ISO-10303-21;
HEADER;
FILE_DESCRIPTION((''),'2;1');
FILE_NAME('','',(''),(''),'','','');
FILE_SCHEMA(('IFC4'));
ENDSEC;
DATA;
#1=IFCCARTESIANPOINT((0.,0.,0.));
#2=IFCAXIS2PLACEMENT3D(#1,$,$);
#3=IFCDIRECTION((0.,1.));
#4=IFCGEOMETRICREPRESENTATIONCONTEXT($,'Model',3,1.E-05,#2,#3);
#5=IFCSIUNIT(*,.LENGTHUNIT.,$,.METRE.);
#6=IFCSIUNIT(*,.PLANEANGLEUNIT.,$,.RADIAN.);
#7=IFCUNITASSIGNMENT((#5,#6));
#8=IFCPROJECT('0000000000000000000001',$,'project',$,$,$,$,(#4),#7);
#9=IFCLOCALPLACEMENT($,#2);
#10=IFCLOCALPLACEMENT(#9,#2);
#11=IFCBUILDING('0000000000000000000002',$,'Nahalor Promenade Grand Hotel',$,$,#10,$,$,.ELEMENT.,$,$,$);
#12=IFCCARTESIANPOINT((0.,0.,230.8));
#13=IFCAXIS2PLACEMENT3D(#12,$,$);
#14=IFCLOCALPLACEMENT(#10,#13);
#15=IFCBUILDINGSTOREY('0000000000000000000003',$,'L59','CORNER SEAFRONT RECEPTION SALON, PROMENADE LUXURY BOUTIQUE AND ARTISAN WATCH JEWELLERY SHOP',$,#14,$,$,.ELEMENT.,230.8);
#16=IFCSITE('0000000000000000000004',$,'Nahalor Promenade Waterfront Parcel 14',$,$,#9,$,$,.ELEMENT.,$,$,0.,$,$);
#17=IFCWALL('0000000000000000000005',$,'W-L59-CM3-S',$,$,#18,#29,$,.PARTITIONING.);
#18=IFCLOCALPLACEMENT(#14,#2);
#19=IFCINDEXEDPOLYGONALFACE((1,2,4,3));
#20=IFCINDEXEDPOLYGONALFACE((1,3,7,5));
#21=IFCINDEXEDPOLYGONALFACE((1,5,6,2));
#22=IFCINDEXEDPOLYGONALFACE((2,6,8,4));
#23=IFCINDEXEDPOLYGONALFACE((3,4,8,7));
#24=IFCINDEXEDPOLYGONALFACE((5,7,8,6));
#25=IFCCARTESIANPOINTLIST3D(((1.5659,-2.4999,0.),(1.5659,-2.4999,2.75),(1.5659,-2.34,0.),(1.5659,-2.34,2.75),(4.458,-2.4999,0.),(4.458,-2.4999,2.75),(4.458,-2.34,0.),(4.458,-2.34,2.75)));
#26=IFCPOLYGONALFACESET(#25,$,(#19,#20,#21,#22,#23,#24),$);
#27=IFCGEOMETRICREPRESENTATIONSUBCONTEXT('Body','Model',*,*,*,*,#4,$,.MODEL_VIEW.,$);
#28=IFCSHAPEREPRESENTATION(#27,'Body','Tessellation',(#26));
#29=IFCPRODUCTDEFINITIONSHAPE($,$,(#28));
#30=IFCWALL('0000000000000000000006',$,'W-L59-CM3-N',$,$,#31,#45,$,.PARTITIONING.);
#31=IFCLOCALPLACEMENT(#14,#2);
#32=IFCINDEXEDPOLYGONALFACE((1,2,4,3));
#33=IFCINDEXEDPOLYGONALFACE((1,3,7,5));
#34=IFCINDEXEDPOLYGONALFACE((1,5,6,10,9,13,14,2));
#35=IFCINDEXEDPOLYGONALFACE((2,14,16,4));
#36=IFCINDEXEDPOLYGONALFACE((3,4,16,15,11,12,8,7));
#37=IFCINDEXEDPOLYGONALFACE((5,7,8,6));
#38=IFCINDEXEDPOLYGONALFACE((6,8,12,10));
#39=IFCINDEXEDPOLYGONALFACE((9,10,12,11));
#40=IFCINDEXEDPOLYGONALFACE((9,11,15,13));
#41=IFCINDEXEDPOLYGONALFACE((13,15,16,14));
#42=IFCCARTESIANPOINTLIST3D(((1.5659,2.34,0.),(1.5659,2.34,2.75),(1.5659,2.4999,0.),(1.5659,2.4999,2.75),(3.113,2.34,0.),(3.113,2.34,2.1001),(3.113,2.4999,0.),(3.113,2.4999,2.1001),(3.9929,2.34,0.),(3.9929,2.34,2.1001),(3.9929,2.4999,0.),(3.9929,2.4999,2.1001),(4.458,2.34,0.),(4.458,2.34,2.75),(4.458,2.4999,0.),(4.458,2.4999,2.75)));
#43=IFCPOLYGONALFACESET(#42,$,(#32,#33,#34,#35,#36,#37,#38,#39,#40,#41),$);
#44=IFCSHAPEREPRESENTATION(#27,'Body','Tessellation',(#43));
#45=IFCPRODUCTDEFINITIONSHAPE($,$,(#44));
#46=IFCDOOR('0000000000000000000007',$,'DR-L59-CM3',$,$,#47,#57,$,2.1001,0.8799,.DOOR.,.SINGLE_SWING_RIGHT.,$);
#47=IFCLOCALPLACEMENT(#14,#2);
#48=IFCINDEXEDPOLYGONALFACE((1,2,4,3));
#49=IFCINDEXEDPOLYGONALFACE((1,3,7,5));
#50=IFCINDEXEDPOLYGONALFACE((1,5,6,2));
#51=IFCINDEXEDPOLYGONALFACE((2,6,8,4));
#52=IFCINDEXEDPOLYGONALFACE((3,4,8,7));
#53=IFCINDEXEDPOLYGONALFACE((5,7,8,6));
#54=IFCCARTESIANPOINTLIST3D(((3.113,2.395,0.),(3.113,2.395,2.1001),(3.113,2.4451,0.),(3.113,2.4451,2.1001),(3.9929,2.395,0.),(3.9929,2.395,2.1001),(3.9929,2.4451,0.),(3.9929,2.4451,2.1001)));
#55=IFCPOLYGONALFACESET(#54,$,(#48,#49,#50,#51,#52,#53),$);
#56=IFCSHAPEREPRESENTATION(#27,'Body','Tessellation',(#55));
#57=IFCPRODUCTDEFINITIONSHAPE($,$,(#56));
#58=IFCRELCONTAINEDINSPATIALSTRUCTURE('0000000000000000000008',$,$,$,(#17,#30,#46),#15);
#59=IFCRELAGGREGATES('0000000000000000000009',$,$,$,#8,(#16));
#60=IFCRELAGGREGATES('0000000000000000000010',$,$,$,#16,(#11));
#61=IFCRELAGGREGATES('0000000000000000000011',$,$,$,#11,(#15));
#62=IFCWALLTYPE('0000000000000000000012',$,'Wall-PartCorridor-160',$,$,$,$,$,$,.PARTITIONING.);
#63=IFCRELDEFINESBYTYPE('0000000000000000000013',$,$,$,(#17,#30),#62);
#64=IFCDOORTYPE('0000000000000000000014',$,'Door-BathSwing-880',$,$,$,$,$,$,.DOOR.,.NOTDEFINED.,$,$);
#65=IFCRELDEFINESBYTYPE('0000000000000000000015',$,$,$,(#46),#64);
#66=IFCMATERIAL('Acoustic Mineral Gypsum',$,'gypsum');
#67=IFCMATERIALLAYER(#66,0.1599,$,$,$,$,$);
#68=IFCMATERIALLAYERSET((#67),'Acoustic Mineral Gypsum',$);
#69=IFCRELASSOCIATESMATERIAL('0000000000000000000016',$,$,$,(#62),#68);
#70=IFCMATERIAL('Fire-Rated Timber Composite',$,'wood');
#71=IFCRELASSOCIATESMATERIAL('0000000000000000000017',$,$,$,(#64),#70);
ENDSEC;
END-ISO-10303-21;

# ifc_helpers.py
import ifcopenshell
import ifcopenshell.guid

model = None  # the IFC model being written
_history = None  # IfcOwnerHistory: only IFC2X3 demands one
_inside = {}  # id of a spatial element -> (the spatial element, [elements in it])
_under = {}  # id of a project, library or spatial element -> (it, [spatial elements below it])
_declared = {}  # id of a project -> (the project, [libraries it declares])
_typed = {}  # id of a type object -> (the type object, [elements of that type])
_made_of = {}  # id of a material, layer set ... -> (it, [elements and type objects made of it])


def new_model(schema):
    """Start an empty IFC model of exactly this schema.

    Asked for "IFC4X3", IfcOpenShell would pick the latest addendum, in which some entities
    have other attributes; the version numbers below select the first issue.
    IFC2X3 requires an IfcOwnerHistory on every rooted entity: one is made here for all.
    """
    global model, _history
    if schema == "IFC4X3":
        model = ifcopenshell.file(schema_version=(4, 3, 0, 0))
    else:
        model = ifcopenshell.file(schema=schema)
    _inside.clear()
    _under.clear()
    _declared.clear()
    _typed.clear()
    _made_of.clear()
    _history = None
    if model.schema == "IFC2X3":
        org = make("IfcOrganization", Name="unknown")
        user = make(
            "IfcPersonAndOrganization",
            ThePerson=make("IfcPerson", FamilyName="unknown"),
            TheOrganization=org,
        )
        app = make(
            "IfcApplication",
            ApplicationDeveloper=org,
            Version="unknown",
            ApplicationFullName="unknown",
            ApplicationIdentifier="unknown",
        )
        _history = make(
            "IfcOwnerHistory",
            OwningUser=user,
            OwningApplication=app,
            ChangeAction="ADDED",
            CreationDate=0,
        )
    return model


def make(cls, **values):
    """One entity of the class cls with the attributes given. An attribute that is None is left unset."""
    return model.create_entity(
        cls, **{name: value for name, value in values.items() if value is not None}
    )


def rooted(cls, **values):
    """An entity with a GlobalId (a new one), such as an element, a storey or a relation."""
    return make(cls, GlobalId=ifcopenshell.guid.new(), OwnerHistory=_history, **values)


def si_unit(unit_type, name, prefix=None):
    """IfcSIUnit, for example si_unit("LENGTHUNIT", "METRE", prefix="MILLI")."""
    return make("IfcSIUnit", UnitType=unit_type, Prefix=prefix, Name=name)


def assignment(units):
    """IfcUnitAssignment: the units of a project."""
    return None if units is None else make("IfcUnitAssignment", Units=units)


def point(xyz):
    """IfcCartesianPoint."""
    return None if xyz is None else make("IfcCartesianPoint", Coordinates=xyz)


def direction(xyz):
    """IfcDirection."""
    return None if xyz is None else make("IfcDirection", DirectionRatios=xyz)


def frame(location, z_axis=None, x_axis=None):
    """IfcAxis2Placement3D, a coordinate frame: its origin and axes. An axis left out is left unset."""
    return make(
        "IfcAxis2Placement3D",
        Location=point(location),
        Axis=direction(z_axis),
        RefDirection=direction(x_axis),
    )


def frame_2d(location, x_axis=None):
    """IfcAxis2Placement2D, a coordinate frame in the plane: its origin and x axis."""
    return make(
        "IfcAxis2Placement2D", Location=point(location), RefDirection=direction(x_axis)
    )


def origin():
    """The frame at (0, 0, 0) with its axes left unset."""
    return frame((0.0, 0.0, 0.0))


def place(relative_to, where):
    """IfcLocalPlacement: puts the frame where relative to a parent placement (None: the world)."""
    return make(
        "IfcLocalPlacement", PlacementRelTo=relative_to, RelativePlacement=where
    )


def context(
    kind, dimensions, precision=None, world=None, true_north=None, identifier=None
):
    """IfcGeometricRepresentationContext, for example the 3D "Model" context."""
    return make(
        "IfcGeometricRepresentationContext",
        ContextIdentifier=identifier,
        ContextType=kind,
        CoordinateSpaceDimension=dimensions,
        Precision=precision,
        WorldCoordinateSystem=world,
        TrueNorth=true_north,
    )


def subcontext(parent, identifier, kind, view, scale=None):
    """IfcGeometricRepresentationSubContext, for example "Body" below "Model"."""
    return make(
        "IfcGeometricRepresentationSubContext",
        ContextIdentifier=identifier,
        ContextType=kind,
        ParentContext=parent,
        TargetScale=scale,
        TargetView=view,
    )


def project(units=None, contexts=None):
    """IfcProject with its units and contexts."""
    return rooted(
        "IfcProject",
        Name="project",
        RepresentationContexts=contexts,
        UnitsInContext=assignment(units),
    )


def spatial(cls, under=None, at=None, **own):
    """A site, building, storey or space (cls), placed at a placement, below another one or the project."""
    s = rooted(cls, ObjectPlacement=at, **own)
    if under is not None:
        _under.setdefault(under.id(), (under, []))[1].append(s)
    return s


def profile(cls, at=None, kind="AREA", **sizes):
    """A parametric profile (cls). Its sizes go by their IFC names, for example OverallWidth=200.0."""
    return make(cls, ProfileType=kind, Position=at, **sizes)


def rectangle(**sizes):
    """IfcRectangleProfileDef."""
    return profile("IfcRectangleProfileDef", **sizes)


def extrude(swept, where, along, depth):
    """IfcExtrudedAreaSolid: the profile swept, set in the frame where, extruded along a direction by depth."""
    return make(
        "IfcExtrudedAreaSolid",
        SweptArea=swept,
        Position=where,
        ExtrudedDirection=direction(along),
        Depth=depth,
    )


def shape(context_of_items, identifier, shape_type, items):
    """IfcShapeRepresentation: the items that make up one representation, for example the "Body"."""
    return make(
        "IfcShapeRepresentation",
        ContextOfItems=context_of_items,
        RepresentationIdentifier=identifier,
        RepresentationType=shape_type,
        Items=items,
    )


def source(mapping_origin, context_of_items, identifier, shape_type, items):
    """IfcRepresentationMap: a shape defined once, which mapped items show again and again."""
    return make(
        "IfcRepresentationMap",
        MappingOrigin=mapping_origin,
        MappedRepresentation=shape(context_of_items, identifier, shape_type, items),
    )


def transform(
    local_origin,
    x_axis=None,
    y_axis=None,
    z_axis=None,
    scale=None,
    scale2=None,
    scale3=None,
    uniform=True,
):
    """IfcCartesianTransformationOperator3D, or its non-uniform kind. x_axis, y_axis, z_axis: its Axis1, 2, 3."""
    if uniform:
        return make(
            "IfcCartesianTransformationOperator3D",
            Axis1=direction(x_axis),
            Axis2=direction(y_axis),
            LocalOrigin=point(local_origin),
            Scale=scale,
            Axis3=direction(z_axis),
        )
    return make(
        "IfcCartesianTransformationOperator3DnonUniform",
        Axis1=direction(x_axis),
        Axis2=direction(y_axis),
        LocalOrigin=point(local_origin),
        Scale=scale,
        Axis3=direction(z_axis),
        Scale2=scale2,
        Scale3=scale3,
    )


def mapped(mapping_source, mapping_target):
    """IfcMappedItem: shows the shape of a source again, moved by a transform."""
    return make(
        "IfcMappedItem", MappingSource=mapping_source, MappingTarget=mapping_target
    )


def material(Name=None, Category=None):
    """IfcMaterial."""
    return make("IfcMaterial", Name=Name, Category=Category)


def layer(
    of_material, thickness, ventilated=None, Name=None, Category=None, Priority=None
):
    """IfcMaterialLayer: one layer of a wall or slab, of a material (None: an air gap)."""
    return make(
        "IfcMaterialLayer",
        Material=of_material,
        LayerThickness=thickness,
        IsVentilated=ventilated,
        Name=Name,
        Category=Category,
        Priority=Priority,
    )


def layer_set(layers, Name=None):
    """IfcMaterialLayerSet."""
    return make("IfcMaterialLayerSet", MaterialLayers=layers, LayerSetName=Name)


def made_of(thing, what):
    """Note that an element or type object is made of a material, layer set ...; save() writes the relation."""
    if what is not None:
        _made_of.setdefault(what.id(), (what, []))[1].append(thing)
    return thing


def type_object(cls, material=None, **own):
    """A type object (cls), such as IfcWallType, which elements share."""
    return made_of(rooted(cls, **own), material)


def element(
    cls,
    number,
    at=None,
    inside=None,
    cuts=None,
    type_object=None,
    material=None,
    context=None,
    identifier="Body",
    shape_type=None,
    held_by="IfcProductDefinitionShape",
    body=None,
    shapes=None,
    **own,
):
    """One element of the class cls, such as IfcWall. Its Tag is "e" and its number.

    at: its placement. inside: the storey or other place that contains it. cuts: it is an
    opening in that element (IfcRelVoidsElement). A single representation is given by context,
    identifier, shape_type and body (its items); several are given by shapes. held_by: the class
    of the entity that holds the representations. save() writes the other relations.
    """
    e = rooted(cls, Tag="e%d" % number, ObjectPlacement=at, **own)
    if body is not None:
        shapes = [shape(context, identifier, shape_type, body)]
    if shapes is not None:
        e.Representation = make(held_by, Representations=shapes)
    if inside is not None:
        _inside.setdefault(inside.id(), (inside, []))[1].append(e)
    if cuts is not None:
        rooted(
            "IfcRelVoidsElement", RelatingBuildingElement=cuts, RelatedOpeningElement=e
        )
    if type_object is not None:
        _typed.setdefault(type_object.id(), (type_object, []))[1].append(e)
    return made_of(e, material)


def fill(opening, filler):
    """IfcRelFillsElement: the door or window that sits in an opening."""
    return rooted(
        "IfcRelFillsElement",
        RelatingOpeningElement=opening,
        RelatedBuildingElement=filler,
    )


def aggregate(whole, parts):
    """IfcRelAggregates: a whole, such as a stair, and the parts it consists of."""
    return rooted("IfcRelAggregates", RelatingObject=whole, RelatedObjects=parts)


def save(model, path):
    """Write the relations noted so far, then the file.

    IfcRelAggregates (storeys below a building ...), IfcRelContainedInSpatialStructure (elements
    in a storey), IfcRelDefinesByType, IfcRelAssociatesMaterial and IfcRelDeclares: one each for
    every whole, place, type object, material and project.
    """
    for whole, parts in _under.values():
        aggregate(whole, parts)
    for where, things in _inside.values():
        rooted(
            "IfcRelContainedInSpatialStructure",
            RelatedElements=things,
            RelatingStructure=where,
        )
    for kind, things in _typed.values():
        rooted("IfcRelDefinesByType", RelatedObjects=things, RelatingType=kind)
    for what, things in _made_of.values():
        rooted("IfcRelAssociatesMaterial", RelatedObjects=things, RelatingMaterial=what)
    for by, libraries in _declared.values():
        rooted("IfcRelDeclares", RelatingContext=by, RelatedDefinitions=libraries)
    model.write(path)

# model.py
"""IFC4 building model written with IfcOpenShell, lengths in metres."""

from ifc_helpers import new_model, si_unit, direction, frame, frame_2d, origin, place, context, subcontext, project, spatial, rectangle, extrude, source, transform, mapped, material, layer, layer_set, type_object, element, fill, save


model = new_model("IFC4")

# Units and contexts
model_context = context("Model", 3, precision=1e-05, world=origin(), true_north=direction((0.0, 1.0)))
body_context = subcontext(model_context, "Body", "Model", "MODEL_VIEW")
ifc_project = project(units=[si_unit("LENGTHUNIT", "METRE"), si_unit("PLANEANGLEUNIT", "RADIAN")], contexts=[model_context])

# Site, building, storey
site_placement = place(None, origin())
site = spatial("IfcSite", under=ifc_project, at=site_placement, Name="Nahalor Promenade Waterfront Parcel 14", CompositionType="ELEMENT", RefElevation=0.0)
building_placement = place(site_placement, origin())
building = spatial("IfcBuilding", under=site, at=building_placement, Name="Nahalor Promenade Grand Hotel", CompositionType="ELEMENT")
storey_placement = place(building_placement, frame((0.0, 0.0, 230.8)))
storey = spatial("IfcBuildingStorey", under=building, at=storey_placement, Name="L59", Description="CORNER SEAFRONT RECEPTION SALON, PROMENADE LUXURY BOUTIQUE AND ARTISAN WATCH JEWELLERY SHOP", CompositionType="ELEMENT", Elevation=230.8)

# Shared definitions
ifc_material_1 = material(Name="Acoustic Mineral Gypsum", Category="gypsum")
ifc_layer_1 = layer(ifc_material_1, 0.1599)
ifc_layer_set_1 = layer_set([ifc_layer_1], Name="Acoustic Mineral Gypsum")
wall_type_1 = type_object("IfcWallType", Name="Wall-PartCorridor-160", PredefinedType="PARTITIONING", material=ifc_layer_set_1)
ifc_material_2 = material(Name="Fire-Rated Timber Composite", Category="wood")

# Shared definitions
door_type_1 = type_object("IfcDoorType", Name="Door-BathSwing-880", OperationType="NOTDEFINED", PredefinedType="DOOR", material=ifc_material_2)
shared_shape_1 = source(origin(), body_context, "Body", "SweptSolid", [
    extrude(rectangle(XDim=0.8799, YDim=2.1001, at=frame_2d((0.4399, 1.05))), frame((0.0, 0.0249, 0.0), z_axis=(0.0, -1.0, 0.0), x_axis=(1.0, 0.0, 0.0)), (0.0, 0.0, 1.0), 0.05),
])

# Wall
shared_shape_2 = source(origin(), body_context, "Body", "SweptSolid", [
    extrude(rectangle(XDim=2.8921, YDim=0.1599, at=frame_2d((1.446, 0.0))), origin(), (0.0, 0.0, 1.0), 2.75),
])
wall_1_placement = place(storey_placement, frame((1.5659, -2.4199, 0.0), z_axis=(0.0, 0.0, 1.0), x_axis=(1.0, 0.0, 0.0)))
element("IfcWall", 1, at=wall_1_placement, inside=storey, type_object=wall_type_1, Name="W-L59-CM3-S", PredefinedType="PARTITIONING", context=body_context, shape_type="MappedRepresentation", body=[
    mapped(shared_shape_2, transform((0.0, 0.0, 0.0), scale=1.0)),
])

# Wall, opening, door
wall_2_placement = place(storey_placement, frame((1.5659, 2.4199, 0.0), z_axis=(0.0, 0.0, 1.0), x_axis=(1.0, 0.0, 0.0)))
wall_2 = element("IfcWall", 2, at=wall_2_placement, inside=storey, type_object=wall_type_1, Name="W-L59-CM3-N", PredefinedType="PARTITIONING", context=body_context, shape_type="MappedRepresentation", body=[
    mapped(shared_shape_2, transform((0.0, 0.0, 0.0), scale=1.0)),
])
opening_1_placement = place(wall_2_placement, frame((1.5471, 0.0, 0.0)))
opening_1 = element("IfcOpeningElement", 3, at=opening_1_placement, cuts=wall_2, PredefinedType="OPENING", context=body_context, shape_type="SweptSolid", body=[
    extrude(rectangle(XDim=0.8799, YDim=2.1001, at=frame_2d((0.4399, 1.05))), frame((0.0, 0.0898, 0.0), z_axis=(0.0, -1.0, 0.0), x_axis=(1.0, 0.0, 0.0)), (0.0, 0.0, 1.0), 0.1799),
])
door_1_placement = place(opening_1_placement, frame((0.8799, 0.0, 0.0), z_axis=(0.0, 0.0, 1.0), x_axis=(-1.0, 0.0, 0.0)))
door_1 = element("IfcDoor", 4, at=door_1_placement, inside=storey, type_object=door_type_1, Name="DR-L59-CM3", OperationType="SINGLE_SWING_RIGHT", OverallHeight=2.1001, OverallWidth=0.8799, PredefinedType="DOOR", context=body_context, shape_type="MappedRepresentation", body=[
    mapped(shared_shape_1, transform((0.0, 0.0, 0.0), scale=1.0)),
])
fill(opening_1, door_1)

save(model, "model.ifc")
